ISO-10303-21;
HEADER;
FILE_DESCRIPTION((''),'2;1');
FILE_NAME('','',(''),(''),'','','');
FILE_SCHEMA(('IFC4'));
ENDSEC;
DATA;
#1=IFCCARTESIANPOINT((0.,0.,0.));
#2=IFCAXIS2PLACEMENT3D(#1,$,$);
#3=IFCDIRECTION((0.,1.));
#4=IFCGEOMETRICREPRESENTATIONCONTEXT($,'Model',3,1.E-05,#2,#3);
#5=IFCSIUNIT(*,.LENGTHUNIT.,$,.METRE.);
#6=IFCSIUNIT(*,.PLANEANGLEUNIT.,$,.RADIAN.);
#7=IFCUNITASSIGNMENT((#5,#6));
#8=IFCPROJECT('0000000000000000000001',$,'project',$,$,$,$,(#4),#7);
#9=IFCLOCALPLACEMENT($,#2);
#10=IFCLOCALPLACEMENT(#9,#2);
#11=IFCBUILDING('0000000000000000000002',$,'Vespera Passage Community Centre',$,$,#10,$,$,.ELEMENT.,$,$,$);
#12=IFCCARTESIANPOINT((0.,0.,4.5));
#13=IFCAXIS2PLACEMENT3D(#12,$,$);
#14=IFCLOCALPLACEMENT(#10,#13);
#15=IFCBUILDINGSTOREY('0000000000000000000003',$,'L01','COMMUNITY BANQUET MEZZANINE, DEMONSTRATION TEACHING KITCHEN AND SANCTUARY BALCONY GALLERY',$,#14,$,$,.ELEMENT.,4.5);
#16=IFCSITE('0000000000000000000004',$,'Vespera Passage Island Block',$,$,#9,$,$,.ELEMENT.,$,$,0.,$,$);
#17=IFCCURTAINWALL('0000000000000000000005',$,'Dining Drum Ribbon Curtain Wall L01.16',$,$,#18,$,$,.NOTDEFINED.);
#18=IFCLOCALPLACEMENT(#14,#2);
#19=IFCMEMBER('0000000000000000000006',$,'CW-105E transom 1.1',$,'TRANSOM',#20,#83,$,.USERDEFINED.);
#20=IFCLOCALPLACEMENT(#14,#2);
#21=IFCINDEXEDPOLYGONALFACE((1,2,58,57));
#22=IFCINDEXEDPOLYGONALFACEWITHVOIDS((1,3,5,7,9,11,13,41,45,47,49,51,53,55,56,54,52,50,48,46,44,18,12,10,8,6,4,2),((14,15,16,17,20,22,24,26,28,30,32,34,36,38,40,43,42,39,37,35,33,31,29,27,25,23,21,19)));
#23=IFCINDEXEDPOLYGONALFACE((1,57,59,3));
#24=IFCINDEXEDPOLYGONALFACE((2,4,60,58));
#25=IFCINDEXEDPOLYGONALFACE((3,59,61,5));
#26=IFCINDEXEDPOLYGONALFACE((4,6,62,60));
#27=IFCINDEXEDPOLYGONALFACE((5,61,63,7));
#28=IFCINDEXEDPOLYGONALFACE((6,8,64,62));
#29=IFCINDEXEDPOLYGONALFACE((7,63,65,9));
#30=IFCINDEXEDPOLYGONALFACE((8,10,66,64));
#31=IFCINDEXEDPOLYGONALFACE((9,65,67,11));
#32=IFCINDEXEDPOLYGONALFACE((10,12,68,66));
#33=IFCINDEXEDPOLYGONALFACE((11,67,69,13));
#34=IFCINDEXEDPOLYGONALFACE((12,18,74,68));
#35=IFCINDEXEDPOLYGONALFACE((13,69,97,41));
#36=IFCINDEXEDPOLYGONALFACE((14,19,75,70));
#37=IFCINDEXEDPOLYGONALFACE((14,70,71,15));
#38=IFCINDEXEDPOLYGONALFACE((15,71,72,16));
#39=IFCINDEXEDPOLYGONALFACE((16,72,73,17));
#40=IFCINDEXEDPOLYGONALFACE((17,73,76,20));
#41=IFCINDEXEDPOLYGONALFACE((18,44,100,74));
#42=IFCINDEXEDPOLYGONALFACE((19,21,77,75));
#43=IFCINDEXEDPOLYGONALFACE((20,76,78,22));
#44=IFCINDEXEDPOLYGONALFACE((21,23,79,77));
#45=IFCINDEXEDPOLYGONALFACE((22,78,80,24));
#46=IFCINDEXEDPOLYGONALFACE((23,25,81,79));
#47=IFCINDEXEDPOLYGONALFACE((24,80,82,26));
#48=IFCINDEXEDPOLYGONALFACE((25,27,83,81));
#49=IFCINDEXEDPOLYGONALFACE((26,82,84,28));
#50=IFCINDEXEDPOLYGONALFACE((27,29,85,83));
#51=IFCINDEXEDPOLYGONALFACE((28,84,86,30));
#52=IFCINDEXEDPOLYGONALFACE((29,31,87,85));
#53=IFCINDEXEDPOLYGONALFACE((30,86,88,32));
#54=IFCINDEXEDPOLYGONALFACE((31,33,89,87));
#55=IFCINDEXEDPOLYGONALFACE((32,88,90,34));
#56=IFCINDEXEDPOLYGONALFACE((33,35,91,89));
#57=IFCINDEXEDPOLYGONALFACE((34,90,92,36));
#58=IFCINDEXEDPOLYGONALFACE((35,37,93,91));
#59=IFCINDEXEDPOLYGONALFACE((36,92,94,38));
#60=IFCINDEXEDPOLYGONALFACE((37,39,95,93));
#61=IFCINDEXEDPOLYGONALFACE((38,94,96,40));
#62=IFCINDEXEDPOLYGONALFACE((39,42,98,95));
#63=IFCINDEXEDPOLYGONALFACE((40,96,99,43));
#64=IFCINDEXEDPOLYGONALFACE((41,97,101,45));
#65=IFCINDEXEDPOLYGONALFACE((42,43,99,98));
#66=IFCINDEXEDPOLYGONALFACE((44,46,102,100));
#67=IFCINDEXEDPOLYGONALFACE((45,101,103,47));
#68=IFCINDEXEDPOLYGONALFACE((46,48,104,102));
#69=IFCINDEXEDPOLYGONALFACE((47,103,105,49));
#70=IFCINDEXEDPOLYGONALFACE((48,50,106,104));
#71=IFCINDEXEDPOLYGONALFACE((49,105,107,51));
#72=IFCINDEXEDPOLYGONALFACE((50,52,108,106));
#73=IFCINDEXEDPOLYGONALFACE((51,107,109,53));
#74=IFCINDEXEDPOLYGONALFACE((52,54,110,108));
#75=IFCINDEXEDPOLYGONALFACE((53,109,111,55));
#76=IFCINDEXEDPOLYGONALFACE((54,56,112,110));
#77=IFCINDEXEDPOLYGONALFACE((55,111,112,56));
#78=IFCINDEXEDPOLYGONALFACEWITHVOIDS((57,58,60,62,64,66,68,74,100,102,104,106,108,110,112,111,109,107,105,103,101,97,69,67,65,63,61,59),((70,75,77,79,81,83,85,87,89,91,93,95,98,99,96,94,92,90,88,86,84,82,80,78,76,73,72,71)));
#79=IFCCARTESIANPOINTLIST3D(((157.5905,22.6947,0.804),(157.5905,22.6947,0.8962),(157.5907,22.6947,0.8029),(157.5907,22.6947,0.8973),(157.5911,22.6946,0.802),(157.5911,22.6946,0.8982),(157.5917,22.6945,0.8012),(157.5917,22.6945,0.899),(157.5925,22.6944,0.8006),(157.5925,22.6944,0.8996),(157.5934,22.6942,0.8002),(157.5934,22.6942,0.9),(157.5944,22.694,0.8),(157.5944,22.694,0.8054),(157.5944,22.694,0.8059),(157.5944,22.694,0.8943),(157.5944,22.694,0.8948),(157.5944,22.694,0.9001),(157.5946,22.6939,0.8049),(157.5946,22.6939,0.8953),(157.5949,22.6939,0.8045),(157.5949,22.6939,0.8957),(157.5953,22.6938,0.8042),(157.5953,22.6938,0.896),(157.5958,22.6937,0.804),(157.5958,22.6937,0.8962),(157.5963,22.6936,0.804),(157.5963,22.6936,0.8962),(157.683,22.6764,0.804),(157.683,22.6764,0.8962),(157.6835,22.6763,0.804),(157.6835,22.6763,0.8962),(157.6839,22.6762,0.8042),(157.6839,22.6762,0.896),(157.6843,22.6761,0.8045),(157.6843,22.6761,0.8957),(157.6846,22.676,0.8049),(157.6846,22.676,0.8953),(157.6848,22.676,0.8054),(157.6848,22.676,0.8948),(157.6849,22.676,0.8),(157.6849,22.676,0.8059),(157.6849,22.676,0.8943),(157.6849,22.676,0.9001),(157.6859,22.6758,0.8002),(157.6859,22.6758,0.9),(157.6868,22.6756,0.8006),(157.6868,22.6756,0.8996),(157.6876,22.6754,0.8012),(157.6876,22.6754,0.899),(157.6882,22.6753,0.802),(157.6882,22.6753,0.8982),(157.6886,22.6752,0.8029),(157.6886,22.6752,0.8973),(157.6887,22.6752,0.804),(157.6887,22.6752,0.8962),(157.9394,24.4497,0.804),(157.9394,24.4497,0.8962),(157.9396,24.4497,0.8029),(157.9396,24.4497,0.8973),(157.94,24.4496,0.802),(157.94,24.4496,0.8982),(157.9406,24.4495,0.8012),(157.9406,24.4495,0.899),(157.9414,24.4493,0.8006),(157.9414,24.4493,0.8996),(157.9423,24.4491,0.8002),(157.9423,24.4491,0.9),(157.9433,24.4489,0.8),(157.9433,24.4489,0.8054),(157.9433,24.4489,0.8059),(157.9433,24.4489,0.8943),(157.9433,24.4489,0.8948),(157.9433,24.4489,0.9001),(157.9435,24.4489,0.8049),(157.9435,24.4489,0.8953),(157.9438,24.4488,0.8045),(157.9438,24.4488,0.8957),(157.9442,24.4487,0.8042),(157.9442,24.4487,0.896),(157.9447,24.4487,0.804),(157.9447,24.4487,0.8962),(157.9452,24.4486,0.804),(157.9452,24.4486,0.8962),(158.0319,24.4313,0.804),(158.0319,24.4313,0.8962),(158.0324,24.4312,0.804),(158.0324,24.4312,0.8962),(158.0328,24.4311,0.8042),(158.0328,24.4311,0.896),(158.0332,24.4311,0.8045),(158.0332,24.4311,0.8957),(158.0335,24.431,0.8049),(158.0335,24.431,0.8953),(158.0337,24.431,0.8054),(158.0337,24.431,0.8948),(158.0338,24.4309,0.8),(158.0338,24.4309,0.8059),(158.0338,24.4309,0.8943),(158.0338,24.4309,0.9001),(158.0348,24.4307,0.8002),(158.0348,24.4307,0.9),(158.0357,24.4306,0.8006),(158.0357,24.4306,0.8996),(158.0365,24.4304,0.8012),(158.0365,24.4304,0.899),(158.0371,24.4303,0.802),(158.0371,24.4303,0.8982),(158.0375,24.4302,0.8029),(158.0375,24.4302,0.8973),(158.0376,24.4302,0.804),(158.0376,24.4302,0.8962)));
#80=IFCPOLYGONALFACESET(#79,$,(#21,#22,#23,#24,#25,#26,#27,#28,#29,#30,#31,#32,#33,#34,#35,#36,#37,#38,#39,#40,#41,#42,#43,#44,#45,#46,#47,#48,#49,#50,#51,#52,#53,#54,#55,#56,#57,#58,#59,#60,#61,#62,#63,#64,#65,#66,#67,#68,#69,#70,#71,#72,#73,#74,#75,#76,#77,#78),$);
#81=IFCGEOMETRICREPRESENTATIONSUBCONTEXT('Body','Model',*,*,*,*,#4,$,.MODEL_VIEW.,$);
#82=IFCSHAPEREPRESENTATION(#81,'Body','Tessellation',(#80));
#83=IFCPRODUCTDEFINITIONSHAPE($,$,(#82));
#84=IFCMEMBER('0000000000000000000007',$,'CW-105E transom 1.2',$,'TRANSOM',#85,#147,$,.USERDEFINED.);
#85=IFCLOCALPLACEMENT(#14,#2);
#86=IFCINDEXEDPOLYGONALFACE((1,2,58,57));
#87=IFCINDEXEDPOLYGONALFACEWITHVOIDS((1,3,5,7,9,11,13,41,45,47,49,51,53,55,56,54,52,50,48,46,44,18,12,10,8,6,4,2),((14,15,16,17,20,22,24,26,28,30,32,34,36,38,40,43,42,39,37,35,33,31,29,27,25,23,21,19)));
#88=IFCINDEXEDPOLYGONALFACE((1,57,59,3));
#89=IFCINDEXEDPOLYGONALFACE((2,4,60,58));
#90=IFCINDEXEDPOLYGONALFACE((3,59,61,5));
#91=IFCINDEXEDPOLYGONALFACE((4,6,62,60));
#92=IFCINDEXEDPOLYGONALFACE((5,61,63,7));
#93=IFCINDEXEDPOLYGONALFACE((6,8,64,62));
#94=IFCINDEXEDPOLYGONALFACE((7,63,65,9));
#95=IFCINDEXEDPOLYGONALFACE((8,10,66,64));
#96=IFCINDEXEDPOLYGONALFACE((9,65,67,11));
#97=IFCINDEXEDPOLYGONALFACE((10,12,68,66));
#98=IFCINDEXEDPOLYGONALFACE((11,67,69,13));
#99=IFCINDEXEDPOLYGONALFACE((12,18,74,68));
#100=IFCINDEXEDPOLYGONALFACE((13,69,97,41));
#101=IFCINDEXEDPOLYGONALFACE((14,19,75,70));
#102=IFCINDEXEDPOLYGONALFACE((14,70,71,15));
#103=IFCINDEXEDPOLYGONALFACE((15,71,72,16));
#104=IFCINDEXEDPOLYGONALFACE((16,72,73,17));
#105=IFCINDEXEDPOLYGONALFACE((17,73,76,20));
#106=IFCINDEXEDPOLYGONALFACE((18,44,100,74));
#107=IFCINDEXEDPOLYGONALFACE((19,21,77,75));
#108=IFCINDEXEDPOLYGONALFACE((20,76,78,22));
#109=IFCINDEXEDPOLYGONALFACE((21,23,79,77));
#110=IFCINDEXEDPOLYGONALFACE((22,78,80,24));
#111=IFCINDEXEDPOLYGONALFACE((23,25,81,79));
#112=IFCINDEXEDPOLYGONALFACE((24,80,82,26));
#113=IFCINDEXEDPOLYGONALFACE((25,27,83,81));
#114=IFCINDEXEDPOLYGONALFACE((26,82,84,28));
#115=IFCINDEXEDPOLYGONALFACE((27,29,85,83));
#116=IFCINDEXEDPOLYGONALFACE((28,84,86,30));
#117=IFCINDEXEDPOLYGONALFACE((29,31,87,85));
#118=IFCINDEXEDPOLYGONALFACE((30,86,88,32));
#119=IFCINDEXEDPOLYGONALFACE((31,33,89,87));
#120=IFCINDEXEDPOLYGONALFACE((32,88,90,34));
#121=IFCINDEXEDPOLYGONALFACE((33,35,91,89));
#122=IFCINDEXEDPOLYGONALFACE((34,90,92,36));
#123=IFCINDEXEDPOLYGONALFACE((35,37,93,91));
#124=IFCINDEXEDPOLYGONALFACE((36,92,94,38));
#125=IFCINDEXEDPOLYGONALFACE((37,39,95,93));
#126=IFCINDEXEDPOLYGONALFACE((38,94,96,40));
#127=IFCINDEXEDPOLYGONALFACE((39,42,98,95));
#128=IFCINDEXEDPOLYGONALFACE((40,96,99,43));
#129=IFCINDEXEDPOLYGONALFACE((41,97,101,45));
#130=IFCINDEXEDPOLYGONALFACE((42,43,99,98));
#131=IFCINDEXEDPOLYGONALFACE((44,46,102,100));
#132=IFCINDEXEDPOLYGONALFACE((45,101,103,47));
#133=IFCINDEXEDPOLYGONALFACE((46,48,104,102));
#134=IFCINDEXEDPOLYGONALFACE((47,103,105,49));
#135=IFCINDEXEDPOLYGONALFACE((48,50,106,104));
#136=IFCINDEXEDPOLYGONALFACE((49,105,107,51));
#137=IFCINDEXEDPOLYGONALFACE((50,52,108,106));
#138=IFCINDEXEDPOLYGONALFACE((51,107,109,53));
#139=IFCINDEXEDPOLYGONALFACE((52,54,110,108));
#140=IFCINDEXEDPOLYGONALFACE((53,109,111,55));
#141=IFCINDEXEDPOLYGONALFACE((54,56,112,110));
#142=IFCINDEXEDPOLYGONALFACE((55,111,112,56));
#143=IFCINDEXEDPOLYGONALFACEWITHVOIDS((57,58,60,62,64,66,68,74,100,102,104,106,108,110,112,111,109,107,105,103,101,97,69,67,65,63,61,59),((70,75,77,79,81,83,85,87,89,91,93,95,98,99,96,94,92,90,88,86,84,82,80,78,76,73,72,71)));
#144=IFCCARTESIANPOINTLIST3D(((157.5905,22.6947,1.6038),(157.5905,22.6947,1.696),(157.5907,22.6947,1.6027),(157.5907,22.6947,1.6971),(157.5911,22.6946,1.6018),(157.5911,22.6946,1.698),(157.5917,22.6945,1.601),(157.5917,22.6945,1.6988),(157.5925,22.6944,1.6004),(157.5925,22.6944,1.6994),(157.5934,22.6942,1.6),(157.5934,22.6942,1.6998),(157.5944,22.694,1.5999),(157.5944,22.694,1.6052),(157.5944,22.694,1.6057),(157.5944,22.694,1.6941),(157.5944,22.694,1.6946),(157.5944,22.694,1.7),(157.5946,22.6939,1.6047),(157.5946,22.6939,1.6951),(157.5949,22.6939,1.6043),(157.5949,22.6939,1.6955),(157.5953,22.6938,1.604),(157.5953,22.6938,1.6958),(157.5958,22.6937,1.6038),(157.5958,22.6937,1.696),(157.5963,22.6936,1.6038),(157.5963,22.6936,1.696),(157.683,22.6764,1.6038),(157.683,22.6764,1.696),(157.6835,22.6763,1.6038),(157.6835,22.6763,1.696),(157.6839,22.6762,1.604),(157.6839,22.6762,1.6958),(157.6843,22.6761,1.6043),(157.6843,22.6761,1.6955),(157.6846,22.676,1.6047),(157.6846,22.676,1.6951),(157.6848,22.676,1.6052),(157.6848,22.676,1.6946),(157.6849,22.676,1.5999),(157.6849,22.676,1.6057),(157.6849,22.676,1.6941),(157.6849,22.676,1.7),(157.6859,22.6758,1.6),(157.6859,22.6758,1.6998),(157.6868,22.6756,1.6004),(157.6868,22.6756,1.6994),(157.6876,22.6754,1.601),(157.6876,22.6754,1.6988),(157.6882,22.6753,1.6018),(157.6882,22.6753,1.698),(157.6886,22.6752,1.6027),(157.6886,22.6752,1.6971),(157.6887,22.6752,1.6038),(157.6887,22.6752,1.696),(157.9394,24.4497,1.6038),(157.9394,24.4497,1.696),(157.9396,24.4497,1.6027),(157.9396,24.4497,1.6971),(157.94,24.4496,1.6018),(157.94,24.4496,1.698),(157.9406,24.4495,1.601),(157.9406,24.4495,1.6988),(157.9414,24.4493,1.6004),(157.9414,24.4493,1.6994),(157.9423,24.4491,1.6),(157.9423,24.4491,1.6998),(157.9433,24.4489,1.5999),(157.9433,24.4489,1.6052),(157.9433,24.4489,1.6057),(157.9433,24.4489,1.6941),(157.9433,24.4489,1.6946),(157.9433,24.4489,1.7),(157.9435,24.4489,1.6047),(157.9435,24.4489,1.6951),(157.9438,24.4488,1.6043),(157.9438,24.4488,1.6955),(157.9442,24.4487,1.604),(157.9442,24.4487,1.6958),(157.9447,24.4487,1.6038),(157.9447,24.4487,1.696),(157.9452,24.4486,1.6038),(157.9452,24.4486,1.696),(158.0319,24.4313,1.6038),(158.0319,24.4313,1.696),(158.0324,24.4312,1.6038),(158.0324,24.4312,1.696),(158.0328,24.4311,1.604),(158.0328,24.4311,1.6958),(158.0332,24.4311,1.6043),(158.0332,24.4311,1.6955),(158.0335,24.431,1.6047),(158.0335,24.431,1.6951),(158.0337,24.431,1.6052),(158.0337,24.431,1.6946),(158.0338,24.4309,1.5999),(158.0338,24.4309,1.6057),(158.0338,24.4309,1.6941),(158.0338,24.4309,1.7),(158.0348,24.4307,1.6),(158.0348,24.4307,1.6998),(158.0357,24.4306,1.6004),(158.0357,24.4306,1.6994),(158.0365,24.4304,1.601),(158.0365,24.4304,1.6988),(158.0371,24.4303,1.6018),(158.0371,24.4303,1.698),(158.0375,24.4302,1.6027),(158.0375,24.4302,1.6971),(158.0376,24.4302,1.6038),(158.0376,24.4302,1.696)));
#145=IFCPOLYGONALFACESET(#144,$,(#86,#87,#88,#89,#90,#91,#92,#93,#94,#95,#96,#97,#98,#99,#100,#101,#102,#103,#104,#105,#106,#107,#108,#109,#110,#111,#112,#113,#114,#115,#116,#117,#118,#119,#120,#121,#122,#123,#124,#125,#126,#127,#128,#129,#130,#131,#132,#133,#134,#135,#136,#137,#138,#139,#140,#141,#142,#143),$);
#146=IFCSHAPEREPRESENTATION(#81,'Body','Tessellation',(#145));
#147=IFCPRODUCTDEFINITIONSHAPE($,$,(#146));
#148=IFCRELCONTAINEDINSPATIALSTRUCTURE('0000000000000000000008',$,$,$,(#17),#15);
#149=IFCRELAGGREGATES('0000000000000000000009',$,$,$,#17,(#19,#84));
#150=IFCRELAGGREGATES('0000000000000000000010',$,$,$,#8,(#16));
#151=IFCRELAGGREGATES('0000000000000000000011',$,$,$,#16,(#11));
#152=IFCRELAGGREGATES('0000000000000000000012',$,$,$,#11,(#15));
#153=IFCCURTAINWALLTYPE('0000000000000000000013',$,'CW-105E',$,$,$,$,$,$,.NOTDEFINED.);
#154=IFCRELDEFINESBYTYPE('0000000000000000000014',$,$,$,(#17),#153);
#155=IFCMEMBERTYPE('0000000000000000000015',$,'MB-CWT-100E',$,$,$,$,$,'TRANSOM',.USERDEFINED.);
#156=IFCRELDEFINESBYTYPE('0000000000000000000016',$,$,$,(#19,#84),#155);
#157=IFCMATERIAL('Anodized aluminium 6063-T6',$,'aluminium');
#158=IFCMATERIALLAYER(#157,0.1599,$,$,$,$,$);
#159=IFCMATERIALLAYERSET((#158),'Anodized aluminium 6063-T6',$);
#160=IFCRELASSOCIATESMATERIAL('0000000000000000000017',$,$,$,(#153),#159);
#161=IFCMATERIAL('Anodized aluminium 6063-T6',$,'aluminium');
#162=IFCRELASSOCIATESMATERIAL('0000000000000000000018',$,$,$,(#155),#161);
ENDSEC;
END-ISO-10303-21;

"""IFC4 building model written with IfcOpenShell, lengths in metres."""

from ifc_helpers import new_model, si_unit, direction, frame, origin, origin_2d, place, context, subcontext, project, spatial, hollow_rectangle, extrude, material, layer, layer_set, material_profile, profile_set, type_object, element, aggregate, save


model = new_model("IFC4")

# Units and contexts
model_context = context("Model", 3, precision=1e-05, world=origin(), true_north=direction((0.0, 1.0)))
body_context = subcontext(model_context, "Body", "Model", "MODEL_VIEW")
ifc_project = project(units=[si_unit("LENGTHUNIT", "METRE"), si_unit("PLANEANGLEUNIT", "RADIAN")], contexts=[model_context])

# Site, building, storey
site_placement = place(None, origin())
site = spatial("IfcSite", under=ifc_project, at=site_placement, Name="Vespera Passage Island Block", CompositionType="ELEMENT", RefElevation=0.0)
building_placement = place(site_placement, origin())
building = spatial("IfcBuilding", under=site, at=building_placement, Name="Vespera Passage Community Centre", CompositionType="ELEMENT")
storey_placement = place(building_placement, frame((0.0, 0.0, 4.5)))
storey = spatial("IfcBuildingStorey", under=building, at=storey_placement, Name="L01", Description="COMMUNITY BANQUET MEZZANINE, DEMONSTRATION TEACHING KITCHEN AND SANCTUARY BALCONY GALLERY", CompositionType="ELEMENT", Elevation=4.5)

# Shared definitions
ifc_material_1 = material(Name="Anodized aluminium 6063-T6", Category="aluminium")
ifc_layer_1 = layer(ifc_material_1, 0.1599)
ifc_layer_set_1 = layer_set([ifc_layer_1], Name="Anodized aluminium 6063-T6")
curtain_wall_type = type_object("IfcCurtainWallType", Name="CW-105E", PredefinedType="NOTDEFINED", material=ifc_layer_set_1)

# Curtain wall
curtain_wall_1_placement = place(storey_placement, origin())
curtain_wall_1 = element("IfcCurtainWall", 1, at=curtain_wall_1_placement, inside=storey, type_object=curtain_wall_type, Name="Dining Drum Ribbon Curtain Wall L01.16", PredefinedType="NOTDEFINED")

# Members
ifc_material_2 = material(Name="Anodized aluminium 6063-T6", Category="aluminium")
ifc_material_profile_1 = material_profile(ifc_material_2, hollow_rectangle(XDim=0.1001, YDim=0.1001, WallThickness=0.0039, InnerFilletRadius=0.002, OuterFilletRadius=0.0039, at=origin_2d()), Name="ALU100X100X4")
ifc_profile_set_1 = profile_set([ifc_material_profile_1], Name="Anodized aluminium 6063-T6")
member_type_1 = type_object("IfcMemberType", Name="MB-CWT-100E", ElementType="TRANSOM", PredefinedType="USERDEFINED", material=ifc_profile_set_1)
member_1_placement = place(storey_placement, frame((157.9885, 24.4399, 0.8501), z_axis=(-0.194988, -0.980806, 0.0), x_axis=(0.980806, -0.194988, 0.0)))
member_1 = element("IfcMember", 2, at=member_1_placement, type_object=member_type_1, Name="CW-105E transom 1.1", ObjectType="TRANSOM", PredefinedType="USERDEFINED", context=body_context, shape_type="SweptSolid", body=[
    extrude(hollow_rectangle(XDim=0.1001, YDim=0.1001, WallThickness=0.0039, InnerFilletRadius=0.002, OuterFilletRadius=0.0039, at=origin_2d()), origin(), (0.0, 0.0, 1.0), 1.7893),
])
member_2_placement = place(storey_placement, frame((157.9885, 24.4399, 1.6499), z_axis=(-0.194988, -0.980806, 0.0), x_axis=(0.980806, -0.194988, 0.0)))
member_2 = element("IfcMember", 3, at=member_2_placement, type_object=member_type_1, Name="CW-105E transom 1.2", ObjectType="TRANSOM", PredefinedType="USERDEFINED", context=body_context, shape_type="SweptSolid", body=[
    extrude(hollow_rectangle(XDim=0.1001, YDim=0.1001, WallThickness=0.0039, InnerFilletRadius=0.002, OuterFilletRadius=0.0039, at=origin_2d()), origin(), (0.0, 0.0, 1.0), 1.7893),
])

aggregate(curtain_wall_1, [member_1, member_2])

save(model, "model.ifc")
